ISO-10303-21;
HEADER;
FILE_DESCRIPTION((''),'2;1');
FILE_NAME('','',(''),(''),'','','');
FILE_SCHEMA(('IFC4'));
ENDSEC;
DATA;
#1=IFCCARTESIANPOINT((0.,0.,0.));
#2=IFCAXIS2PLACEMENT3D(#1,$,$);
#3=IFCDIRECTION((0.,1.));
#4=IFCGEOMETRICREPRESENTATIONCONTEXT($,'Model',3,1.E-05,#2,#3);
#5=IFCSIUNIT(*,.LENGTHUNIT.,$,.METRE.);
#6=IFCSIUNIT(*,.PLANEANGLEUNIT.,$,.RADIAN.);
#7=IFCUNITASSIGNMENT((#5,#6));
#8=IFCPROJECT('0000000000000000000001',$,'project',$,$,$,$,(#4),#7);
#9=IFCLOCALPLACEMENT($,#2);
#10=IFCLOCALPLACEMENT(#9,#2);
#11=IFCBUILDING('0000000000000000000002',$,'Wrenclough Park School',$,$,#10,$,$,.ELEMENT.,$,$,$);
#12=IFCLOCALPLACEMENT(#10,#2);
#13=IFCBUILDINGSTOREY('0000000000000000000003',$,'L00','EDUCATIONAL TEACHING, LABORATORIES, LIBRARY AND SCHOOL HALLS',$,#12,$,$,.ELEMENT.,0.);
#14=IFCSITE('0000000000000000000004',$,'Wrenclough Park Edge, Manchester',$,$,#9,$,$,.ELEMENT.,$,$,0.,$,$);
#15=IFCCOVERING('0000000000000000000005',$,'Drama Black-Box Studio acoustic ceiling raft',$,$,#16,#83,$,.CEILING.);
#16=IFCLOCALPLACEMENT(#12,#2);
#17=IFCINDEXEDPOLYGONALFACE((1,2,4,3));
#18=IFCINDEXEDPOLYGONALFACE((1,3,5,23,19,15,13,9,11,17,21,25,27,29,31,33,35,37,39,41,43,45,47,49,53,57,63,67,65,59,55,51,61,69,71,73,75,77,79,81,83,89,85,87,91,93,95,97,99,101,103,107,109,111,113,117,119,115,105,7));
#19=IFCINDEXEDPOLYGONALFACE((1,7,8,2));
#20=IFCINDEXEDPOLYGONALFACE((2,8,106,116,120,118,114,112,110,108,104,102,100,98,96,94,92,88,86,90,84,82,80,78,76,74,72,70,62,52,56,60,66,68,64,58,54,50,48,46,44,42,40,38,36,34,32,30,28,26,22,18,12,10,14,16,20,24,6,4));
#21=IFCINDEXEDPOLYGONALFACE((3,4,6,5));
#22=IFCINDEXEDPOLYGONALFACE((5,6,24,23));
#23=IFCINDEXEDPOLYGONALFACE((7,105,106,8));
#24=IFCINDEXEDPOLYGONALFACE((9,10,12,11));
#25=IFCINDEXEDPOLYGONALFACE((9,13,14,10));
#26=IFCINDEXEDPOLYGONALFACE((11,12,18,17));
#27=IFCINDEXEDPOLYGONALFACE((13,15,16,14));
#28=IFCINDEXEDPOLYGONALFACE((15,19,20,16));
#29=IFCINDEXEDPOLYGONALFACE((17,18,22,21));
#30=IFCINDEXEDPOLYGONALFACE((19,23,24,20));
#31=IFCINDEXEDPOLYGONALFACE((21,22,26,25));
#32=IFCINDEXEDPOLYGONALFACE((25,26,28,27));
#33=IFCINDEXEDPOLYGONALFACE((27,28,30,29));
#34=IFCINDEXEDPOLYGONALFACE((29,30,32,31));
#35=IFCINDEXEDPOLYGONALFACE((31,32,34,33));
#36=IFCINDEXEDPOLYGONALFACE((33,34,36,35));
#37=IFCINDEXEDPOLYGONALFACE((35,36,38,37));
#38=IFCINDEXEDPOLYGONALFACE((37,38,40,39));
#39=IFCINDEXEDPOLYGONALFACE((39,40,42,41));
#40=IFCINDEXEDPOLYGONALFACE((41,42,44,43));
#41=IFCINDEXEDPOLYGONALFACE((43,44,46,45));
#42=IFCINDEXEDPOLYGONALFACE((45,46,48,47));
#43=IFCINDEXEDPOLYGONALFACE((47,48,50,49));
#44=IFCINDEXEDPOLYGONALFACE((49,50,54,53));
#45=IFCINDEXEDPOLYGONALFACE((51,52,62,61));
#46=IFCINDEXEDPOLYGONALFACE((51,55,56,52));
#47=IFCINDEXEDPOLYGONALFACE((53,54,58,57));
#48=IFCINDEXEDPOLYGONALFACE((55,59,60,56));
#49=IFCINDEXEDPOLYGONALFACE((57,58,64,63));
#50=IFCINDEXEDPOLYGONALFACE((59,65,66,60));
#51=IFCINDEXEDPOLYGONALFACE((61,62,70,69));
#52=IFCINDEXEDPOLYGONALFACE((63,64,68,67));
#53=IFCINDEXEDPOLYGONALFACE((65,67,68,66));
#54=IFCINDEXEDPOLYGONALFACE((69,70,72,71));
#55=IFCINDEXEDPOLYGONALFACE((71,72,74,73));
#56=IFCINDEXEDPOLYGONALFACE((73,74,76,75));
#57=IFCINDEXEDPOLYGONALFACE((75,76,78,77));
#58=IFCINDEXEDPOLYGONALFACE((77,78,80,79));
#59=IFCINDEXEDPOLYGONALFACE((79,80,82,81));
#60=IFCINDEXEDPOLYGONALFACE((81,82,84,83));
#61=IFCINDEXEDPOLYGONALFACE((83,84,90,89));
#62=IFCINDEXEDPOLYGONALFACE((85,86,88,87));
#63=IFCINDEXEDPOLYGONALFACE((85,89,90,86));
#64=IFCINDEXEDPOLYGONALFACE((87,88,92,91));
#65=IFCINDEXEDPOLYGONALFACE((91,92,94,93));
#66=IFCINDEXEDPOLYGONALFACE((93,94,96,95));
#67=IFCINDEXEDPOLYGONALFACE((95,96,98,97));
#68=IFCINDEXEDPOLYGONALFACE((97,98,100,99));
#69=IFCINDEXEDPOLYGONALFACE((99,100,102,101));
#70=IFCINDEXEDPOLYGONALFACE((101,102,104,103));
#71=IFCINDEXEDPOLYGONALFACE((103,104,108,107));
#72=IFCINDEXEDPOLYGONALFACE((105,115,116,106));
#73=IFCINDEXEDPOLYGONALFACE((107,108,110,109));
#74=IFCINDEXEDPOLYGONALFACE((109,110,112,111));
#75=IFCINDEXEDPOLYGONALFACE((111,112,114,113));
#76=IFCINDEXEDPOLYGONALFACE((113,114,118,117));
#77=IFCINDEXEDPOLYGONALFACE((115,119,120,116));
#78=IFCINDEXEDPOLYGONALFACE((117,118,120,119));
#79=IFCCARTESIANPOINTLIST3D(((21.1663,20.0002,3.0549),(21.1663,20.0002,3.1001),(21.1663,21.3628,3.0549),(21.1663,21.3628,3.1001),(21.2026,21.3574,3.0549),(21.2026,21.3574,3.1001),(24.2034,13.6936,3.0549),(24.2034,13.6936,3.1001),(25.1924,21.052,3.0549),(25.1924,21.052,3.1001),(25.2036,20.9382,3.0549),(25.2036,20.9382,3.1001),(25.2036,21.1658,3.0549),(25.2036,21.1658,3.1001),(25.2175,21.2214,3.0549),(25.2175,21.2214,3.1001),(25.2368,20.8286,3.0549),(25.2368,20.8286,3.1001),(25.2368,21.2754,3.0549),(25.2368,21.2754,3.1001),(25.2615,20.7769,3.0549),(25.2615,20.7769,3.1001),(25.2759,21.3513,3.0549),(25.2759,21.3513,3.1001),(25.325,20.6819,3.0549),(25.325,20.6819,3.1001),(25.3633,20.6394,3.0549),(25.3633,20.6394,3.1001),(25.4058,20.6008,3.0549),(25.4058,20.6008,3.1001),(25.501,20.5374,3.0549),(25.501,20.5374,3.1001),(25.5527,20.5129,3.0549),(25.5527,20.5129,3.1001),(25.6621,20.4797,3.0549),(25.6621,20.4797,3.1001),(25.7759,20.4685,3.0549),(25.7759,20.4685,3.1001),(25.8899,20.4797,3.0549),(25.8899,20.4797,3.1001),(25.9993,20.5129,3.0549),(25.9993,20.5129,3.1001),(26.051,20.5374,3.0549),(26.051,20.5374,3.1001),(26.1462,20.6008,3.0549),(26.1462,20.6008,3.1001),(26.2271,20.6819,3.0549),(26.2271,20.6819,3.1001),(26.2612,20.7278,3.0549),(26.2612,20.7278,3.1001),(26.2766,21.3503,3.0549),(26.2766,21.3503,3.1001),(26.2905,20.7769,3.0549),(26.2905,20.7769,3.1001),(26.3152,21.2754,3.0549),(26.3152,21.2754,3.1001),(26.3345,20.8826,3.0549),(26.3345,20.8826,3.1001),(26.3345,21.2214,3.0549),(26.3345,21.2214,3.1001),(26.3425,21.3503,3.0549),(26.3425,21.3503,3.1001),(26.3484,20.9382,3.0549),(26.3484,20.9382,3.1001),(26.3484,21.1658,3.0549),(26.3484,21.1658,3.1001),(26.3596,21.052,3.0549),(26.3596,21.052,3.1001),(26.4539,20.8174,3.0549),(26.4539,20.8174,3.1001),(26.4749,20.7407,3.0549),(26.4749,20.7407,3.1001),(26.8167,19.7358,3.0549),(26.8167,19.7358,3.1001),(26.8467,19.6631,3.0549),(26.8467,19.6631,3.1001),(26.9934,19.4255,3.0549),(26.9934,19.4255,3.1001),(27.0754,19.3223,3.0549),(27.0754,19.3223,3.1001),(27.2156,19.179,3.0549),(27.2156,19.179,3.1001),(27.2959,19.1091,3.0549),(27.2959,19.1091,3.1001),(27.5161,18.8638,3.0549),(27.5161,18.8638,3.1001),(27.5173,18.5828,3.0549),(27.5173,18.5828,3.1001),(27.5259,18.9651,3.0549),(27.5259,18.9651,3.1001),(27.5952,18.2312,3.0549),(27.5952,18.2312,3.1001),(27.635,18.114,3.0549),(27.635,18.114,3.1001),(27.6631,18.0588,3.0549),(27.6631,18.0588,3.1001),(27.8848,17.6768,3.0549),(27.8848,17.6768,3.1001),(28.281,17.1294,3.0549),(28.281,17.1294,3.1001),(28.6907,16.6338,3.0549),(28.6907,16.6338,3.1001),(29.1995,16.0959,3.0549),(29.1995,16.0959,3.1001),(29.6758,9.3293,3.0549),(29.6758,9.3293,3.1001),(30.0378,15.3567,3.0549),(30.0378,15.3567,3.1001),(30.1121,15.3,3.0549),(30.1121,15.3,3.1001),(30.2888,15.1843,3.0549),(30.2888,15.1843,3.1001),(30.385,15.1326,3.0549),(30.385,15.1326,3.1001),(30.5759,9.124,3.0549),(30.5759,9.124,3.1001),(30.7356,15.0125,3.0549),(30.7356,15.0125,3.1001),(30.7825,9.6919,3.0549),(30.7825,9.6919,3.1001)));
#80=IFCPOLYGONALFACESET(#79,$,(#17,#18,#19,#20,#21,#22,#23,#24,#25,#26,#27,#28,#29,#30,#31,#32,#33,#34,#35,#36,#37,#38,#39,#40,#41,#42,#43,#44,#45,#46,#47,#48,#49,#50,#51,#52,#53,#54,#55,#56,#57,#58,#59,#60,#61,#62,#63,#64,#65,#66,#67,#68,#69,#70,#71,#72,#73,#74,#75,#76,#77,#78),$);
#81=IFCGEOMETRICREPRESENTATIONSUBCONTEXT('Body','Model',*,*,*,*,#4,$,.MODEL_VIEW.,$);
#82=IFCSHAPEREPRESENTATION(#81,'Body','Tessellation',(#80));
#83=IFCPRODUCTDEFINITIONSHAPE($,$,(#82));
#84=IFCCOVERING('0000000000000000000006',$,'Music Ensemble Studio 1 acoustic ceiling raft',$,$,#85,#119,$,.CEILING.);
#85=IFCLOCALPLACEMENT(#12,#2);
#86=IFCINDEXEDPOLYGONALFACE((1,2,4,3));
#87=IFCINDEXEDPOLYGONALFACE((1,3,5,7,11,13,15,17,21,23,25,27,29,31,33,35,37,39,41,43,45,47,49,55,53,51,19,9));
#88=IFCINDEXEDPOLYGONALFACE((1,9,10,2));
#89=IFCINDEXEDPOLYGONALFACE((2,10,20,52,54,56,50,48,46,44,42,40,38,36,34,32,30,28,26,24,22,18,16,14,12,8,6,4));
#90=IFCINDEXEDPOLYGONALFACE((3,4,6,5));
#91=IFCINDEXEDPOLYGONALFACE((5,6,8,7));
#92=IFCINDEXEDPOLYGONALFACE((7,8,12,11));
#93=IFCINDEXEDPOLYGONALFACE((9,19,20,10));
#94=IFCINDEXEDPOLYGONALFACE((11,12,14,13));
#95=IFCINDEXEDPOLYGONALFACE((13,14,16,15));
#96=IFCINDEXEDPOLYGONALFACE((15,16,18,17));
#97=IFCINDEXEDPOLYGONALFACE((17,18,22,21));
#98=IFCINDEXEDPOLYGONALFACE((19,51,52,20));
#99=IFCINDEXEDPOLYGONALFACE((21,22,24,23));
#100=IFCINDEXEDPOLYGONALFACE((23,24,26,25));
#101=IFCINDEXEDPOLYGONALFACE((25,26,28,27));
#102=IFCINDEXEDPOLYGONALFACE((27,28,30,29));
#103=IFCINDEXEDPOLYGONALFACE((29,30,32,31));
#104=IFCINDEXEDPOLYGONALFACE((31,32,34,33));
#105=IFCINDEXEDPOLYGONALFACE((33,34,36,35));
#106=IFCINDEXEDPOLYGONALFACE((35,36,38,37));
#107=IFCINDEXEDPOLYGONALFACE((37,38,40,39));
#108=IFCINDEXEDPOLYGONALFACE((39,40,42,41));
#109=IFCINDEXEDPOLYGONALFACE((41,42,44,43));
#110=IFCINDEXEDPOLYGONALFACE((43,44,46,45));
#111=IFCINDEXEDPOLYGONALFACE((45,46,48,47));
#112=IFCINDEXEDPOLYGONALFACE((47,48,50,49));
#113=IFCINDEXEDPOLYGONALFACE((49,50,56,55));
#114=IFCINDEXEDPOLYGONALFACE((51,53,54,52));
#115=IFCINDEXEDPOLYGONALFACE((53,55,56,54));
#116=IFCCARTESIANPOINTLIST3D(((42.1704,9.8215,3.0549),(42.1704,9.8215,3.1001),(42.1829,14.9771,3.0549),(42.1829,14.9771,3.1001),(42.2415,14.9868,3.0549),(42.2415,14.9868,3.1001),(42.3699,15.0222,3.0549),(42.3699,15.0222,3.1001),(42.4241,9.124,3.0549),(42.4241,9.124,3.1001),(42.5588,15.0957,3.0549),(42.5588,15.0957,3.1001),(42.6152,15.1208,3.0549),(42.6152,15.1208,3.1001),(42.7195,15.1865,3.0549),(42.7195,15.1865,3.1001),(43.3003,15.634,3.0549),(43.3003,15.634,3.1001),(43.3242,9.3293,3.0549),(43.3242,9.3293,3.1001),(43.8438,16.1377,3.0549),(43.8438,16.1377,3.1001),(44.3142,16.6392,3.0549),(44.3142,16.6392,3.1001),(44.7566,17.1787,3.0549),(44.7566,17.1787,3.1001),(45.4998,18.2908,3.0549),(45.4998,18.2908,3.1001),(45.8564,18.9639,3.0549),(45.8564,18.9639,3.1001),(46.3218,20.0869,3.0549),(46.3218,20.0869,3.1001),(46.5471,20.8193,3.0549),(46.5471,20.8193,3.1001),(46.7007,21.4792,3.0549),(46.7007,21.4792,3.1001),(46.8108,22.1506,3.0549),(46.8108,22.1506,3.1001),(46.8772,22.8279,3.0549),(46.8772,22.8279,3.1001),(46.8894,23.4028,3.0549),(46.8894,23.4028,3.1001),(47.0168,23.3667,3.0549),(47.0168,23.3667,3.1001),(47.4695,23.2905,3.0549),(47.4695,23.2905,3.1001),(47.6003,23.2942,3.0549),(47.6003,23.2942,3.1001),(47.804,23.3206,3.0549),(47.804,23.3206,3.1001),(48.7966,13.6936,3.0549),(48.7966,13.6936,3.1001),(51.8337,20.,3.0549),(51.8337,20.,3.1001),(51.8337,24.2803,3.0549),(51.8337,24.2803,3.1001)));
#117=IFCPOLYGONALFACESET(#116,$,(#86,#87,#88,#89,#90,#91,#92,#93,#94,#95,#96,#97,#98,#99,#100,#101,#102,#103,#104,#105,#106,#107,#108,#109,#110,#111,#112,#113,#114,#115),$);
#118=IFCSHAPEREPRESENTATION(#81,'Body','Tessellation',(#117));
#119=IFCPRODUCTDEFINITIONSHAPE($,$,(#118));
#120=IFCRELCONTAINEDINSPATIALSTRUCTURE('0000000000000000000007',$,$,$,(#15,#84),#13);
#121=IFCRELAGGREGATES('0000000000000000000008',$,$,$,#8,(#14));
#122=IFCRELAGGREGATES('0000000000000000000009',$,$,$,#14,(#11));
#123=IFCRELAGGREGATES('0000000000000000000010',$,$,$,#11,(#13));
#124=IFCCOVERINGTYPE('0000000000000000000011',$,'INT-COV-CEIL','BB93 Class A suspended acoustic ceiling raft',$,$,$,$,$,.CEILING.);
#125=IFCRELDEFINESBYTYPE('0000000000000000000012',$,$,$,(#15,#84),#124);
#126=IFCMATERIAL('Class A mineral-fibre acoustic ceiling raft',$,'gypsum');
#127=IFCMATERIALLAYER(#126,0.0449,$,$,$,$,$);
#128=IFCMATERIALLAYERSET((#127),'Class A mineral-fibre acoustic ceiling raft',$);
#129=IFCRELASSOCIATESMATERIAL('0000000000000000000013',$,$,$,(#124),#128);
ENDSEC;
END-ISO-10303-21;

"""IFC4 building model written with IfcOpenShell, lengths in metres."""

from ifc_helpers import new_model, si_unit, direction, frame, origin, place, context, subcontext, project, spatial, polyline, outline, extrude, material, layer, layer_set, type_object, element, save


model = new_model("IFC4")

# Units and contexts
model_context = context("Model", 3, precision=1e-05, world=origin(), true_north=direction((0.0, 1.0)))
body_context = subcontext(model_context, "Body", "Model", "MODEL_VIEW")
ifc_project = project(units=[si_unit("LENGTHUNIT", "METRE"), si_unit("PLANEANGLEUNIT", "RADIAN")], contexts=[model_context])

# Site, building, storey
site_placement = place(None, origin())
site = spatial("IfcSite", under=ifc_project, at=site_placement, Name="Wrenclough Park Edge, Manchester", CompositionType="ELEMENT", RefElevation=0.0)
building_placement = place(site_placement, origin())
building = spatial("IfcBuilding", under=site, at=building_placement, Name="Wrenclough Park School", CompositionType="ELEMENT")
storey_placement = place(building_placement, origin())
storey = spatial("IfcBuildingStorey", under=building, at=storey_placement, Name="L00", Description="EDUCATIONAL TEACHING, LABORATORIES, LIBRARY AND SCHOOL HALLS", CompositionType="ELEMENT", Elevation=0.0)

# Coverings
ifc_material_1 = material(Name="Class A mineral-fibre acoustic ceiling raft", Category="gypsum")
ifc_layer_1 = layer(ifc_material_1, 0.0449)
ifc_layer_set_1 = layer_set([ifc_layer_1], Name="Class A mineral-fibre acoustic ceiling raft")
covering_type_1 = type_object("IfcCoveringType", Name="INT-COV-CEIL", Description="BB93 Class A suspended acoustic ceiling raft", PredefinedType="CEILING", material=ifc_layer_set_1)
covering_1_placement = place(storey_placement, frame((0.0, 0.0, 3.0549)))
element("IfcCovering", 1, at=covering_1_placement, inside=storey, type_object=covering_type_1, Name="Drama Black-Box Studio acoustic ceiling raft", PredefinedType="CEILING", context=body_context, shape_type="SweptSolid", body=[
    extrude(outline(polyline([(21.2026, 21.3574), (21.1663, 21.3628), (21.1663, 20.0002), (24.2034, 13.6936), (29.6758, 9.3293), (30.5759, 9.124), (30.7825, 9.6919), (30.7356, 15.0125), (30.385, 15.1326), (30.2888, 15.1843), (30.1121, 15.3), (30.0378, 15.3567), (29.1995, 16.0959), (28.6907, 16.6338), (28.281, 17.1294), (27.8848, 17.6768), (27.6631, 18.0588), (27.635, 18.114), (27.5952, 18.2312), (27.5173, 18.5828), (27.5161, 18.8638), (27.5259, 18.9651), (27.2959, 19.1091), (27.2156, 19.179), (27.0754, 19.3223), (26.9934, 19.4255), (26.8467, 19.6631), (26.8167, 19.7358), (26.4749, 20.7407), (26.4539, 20.8174), (26.3425, 21.3503), (26.2766, 21.3503), (26.3152, 21.2754), (26.3345, 21.2214), (26.3484, 21.1658), (26.3596, 21.052), (26.3484, 20.9382), (26.3345, 20.8826), (26.2905, 20.7769), (26.2612, 20.7278), (26.2271, 20.6819), (26.1462, 20.6008), (26.051, 20.5374), (25.9993, 20.5129), (25.8899, 20.4797), (25.7759, 20.4685), (25.6621, 20.4797), (25.5527, 20.5129), (25.501, 20.5374), (25.4058, 20.6008), (25.3633, 20.6394), (25.325, 20.6819), (25.2615, 20.7769), (25.2368, 20.8286), (25.2036, 20.9382), (25.1924, 21.052), (25.2036, 21.1658), (25.2175, 21.2214), (25.2368, 21.2754), (25.2759, 21.3513), (21.2026, 21.3574)])), origin(), (0.0, 0.0, 1.0), 0.0452),
])
covering_2_placement = place(storey_placement, frame((0.0, 0.0, 3.0549)))
element("IfcCovering", 2, at=covering_2_placement, inside=storey, type_object=covering_type_1, Name="Music Ensemble Studio 1 acoustic ceiling raft", PredefinedType="CEILING", context=body_context, shape_type="SweptSolid", body=[
    extrude(outline(polyline([(42.2415, 14.9868), (42.1829, 14.9771), (42.1704, 9.8215), (42.4241, 9.124), (43.3242, 9.3293), (48.7966, 13.6936), (51.8337, 20.0), (51.8337, 24.2803), (47.804, 23.3206), (47.6003, 23.2942), (47.4695, 23.2905), (47.0168, 23.3667), (46.8894, 23.4028), (46.8772, 22.8279), (46.8108, 22.1506), (46.7007, 21.4792), (46.5471, 20.8193), (46.3218, 20.0869), (45.8564, 18.9639), (45.4998, 18.2908), (44.7566, 17.1787), (44.3142, 16.6392), (43.8438, 16.1377), (43.3003, 15.634), (42.7195, 15.1865), (42.6152, 15.1208), (42.5588, 15.0957), (42.3699, 15.0222), (42.2415, 14.9868)])), origin(), (0.0, 0.0, 1.0), 0.0452),
])

save(model, "model.ifc")
